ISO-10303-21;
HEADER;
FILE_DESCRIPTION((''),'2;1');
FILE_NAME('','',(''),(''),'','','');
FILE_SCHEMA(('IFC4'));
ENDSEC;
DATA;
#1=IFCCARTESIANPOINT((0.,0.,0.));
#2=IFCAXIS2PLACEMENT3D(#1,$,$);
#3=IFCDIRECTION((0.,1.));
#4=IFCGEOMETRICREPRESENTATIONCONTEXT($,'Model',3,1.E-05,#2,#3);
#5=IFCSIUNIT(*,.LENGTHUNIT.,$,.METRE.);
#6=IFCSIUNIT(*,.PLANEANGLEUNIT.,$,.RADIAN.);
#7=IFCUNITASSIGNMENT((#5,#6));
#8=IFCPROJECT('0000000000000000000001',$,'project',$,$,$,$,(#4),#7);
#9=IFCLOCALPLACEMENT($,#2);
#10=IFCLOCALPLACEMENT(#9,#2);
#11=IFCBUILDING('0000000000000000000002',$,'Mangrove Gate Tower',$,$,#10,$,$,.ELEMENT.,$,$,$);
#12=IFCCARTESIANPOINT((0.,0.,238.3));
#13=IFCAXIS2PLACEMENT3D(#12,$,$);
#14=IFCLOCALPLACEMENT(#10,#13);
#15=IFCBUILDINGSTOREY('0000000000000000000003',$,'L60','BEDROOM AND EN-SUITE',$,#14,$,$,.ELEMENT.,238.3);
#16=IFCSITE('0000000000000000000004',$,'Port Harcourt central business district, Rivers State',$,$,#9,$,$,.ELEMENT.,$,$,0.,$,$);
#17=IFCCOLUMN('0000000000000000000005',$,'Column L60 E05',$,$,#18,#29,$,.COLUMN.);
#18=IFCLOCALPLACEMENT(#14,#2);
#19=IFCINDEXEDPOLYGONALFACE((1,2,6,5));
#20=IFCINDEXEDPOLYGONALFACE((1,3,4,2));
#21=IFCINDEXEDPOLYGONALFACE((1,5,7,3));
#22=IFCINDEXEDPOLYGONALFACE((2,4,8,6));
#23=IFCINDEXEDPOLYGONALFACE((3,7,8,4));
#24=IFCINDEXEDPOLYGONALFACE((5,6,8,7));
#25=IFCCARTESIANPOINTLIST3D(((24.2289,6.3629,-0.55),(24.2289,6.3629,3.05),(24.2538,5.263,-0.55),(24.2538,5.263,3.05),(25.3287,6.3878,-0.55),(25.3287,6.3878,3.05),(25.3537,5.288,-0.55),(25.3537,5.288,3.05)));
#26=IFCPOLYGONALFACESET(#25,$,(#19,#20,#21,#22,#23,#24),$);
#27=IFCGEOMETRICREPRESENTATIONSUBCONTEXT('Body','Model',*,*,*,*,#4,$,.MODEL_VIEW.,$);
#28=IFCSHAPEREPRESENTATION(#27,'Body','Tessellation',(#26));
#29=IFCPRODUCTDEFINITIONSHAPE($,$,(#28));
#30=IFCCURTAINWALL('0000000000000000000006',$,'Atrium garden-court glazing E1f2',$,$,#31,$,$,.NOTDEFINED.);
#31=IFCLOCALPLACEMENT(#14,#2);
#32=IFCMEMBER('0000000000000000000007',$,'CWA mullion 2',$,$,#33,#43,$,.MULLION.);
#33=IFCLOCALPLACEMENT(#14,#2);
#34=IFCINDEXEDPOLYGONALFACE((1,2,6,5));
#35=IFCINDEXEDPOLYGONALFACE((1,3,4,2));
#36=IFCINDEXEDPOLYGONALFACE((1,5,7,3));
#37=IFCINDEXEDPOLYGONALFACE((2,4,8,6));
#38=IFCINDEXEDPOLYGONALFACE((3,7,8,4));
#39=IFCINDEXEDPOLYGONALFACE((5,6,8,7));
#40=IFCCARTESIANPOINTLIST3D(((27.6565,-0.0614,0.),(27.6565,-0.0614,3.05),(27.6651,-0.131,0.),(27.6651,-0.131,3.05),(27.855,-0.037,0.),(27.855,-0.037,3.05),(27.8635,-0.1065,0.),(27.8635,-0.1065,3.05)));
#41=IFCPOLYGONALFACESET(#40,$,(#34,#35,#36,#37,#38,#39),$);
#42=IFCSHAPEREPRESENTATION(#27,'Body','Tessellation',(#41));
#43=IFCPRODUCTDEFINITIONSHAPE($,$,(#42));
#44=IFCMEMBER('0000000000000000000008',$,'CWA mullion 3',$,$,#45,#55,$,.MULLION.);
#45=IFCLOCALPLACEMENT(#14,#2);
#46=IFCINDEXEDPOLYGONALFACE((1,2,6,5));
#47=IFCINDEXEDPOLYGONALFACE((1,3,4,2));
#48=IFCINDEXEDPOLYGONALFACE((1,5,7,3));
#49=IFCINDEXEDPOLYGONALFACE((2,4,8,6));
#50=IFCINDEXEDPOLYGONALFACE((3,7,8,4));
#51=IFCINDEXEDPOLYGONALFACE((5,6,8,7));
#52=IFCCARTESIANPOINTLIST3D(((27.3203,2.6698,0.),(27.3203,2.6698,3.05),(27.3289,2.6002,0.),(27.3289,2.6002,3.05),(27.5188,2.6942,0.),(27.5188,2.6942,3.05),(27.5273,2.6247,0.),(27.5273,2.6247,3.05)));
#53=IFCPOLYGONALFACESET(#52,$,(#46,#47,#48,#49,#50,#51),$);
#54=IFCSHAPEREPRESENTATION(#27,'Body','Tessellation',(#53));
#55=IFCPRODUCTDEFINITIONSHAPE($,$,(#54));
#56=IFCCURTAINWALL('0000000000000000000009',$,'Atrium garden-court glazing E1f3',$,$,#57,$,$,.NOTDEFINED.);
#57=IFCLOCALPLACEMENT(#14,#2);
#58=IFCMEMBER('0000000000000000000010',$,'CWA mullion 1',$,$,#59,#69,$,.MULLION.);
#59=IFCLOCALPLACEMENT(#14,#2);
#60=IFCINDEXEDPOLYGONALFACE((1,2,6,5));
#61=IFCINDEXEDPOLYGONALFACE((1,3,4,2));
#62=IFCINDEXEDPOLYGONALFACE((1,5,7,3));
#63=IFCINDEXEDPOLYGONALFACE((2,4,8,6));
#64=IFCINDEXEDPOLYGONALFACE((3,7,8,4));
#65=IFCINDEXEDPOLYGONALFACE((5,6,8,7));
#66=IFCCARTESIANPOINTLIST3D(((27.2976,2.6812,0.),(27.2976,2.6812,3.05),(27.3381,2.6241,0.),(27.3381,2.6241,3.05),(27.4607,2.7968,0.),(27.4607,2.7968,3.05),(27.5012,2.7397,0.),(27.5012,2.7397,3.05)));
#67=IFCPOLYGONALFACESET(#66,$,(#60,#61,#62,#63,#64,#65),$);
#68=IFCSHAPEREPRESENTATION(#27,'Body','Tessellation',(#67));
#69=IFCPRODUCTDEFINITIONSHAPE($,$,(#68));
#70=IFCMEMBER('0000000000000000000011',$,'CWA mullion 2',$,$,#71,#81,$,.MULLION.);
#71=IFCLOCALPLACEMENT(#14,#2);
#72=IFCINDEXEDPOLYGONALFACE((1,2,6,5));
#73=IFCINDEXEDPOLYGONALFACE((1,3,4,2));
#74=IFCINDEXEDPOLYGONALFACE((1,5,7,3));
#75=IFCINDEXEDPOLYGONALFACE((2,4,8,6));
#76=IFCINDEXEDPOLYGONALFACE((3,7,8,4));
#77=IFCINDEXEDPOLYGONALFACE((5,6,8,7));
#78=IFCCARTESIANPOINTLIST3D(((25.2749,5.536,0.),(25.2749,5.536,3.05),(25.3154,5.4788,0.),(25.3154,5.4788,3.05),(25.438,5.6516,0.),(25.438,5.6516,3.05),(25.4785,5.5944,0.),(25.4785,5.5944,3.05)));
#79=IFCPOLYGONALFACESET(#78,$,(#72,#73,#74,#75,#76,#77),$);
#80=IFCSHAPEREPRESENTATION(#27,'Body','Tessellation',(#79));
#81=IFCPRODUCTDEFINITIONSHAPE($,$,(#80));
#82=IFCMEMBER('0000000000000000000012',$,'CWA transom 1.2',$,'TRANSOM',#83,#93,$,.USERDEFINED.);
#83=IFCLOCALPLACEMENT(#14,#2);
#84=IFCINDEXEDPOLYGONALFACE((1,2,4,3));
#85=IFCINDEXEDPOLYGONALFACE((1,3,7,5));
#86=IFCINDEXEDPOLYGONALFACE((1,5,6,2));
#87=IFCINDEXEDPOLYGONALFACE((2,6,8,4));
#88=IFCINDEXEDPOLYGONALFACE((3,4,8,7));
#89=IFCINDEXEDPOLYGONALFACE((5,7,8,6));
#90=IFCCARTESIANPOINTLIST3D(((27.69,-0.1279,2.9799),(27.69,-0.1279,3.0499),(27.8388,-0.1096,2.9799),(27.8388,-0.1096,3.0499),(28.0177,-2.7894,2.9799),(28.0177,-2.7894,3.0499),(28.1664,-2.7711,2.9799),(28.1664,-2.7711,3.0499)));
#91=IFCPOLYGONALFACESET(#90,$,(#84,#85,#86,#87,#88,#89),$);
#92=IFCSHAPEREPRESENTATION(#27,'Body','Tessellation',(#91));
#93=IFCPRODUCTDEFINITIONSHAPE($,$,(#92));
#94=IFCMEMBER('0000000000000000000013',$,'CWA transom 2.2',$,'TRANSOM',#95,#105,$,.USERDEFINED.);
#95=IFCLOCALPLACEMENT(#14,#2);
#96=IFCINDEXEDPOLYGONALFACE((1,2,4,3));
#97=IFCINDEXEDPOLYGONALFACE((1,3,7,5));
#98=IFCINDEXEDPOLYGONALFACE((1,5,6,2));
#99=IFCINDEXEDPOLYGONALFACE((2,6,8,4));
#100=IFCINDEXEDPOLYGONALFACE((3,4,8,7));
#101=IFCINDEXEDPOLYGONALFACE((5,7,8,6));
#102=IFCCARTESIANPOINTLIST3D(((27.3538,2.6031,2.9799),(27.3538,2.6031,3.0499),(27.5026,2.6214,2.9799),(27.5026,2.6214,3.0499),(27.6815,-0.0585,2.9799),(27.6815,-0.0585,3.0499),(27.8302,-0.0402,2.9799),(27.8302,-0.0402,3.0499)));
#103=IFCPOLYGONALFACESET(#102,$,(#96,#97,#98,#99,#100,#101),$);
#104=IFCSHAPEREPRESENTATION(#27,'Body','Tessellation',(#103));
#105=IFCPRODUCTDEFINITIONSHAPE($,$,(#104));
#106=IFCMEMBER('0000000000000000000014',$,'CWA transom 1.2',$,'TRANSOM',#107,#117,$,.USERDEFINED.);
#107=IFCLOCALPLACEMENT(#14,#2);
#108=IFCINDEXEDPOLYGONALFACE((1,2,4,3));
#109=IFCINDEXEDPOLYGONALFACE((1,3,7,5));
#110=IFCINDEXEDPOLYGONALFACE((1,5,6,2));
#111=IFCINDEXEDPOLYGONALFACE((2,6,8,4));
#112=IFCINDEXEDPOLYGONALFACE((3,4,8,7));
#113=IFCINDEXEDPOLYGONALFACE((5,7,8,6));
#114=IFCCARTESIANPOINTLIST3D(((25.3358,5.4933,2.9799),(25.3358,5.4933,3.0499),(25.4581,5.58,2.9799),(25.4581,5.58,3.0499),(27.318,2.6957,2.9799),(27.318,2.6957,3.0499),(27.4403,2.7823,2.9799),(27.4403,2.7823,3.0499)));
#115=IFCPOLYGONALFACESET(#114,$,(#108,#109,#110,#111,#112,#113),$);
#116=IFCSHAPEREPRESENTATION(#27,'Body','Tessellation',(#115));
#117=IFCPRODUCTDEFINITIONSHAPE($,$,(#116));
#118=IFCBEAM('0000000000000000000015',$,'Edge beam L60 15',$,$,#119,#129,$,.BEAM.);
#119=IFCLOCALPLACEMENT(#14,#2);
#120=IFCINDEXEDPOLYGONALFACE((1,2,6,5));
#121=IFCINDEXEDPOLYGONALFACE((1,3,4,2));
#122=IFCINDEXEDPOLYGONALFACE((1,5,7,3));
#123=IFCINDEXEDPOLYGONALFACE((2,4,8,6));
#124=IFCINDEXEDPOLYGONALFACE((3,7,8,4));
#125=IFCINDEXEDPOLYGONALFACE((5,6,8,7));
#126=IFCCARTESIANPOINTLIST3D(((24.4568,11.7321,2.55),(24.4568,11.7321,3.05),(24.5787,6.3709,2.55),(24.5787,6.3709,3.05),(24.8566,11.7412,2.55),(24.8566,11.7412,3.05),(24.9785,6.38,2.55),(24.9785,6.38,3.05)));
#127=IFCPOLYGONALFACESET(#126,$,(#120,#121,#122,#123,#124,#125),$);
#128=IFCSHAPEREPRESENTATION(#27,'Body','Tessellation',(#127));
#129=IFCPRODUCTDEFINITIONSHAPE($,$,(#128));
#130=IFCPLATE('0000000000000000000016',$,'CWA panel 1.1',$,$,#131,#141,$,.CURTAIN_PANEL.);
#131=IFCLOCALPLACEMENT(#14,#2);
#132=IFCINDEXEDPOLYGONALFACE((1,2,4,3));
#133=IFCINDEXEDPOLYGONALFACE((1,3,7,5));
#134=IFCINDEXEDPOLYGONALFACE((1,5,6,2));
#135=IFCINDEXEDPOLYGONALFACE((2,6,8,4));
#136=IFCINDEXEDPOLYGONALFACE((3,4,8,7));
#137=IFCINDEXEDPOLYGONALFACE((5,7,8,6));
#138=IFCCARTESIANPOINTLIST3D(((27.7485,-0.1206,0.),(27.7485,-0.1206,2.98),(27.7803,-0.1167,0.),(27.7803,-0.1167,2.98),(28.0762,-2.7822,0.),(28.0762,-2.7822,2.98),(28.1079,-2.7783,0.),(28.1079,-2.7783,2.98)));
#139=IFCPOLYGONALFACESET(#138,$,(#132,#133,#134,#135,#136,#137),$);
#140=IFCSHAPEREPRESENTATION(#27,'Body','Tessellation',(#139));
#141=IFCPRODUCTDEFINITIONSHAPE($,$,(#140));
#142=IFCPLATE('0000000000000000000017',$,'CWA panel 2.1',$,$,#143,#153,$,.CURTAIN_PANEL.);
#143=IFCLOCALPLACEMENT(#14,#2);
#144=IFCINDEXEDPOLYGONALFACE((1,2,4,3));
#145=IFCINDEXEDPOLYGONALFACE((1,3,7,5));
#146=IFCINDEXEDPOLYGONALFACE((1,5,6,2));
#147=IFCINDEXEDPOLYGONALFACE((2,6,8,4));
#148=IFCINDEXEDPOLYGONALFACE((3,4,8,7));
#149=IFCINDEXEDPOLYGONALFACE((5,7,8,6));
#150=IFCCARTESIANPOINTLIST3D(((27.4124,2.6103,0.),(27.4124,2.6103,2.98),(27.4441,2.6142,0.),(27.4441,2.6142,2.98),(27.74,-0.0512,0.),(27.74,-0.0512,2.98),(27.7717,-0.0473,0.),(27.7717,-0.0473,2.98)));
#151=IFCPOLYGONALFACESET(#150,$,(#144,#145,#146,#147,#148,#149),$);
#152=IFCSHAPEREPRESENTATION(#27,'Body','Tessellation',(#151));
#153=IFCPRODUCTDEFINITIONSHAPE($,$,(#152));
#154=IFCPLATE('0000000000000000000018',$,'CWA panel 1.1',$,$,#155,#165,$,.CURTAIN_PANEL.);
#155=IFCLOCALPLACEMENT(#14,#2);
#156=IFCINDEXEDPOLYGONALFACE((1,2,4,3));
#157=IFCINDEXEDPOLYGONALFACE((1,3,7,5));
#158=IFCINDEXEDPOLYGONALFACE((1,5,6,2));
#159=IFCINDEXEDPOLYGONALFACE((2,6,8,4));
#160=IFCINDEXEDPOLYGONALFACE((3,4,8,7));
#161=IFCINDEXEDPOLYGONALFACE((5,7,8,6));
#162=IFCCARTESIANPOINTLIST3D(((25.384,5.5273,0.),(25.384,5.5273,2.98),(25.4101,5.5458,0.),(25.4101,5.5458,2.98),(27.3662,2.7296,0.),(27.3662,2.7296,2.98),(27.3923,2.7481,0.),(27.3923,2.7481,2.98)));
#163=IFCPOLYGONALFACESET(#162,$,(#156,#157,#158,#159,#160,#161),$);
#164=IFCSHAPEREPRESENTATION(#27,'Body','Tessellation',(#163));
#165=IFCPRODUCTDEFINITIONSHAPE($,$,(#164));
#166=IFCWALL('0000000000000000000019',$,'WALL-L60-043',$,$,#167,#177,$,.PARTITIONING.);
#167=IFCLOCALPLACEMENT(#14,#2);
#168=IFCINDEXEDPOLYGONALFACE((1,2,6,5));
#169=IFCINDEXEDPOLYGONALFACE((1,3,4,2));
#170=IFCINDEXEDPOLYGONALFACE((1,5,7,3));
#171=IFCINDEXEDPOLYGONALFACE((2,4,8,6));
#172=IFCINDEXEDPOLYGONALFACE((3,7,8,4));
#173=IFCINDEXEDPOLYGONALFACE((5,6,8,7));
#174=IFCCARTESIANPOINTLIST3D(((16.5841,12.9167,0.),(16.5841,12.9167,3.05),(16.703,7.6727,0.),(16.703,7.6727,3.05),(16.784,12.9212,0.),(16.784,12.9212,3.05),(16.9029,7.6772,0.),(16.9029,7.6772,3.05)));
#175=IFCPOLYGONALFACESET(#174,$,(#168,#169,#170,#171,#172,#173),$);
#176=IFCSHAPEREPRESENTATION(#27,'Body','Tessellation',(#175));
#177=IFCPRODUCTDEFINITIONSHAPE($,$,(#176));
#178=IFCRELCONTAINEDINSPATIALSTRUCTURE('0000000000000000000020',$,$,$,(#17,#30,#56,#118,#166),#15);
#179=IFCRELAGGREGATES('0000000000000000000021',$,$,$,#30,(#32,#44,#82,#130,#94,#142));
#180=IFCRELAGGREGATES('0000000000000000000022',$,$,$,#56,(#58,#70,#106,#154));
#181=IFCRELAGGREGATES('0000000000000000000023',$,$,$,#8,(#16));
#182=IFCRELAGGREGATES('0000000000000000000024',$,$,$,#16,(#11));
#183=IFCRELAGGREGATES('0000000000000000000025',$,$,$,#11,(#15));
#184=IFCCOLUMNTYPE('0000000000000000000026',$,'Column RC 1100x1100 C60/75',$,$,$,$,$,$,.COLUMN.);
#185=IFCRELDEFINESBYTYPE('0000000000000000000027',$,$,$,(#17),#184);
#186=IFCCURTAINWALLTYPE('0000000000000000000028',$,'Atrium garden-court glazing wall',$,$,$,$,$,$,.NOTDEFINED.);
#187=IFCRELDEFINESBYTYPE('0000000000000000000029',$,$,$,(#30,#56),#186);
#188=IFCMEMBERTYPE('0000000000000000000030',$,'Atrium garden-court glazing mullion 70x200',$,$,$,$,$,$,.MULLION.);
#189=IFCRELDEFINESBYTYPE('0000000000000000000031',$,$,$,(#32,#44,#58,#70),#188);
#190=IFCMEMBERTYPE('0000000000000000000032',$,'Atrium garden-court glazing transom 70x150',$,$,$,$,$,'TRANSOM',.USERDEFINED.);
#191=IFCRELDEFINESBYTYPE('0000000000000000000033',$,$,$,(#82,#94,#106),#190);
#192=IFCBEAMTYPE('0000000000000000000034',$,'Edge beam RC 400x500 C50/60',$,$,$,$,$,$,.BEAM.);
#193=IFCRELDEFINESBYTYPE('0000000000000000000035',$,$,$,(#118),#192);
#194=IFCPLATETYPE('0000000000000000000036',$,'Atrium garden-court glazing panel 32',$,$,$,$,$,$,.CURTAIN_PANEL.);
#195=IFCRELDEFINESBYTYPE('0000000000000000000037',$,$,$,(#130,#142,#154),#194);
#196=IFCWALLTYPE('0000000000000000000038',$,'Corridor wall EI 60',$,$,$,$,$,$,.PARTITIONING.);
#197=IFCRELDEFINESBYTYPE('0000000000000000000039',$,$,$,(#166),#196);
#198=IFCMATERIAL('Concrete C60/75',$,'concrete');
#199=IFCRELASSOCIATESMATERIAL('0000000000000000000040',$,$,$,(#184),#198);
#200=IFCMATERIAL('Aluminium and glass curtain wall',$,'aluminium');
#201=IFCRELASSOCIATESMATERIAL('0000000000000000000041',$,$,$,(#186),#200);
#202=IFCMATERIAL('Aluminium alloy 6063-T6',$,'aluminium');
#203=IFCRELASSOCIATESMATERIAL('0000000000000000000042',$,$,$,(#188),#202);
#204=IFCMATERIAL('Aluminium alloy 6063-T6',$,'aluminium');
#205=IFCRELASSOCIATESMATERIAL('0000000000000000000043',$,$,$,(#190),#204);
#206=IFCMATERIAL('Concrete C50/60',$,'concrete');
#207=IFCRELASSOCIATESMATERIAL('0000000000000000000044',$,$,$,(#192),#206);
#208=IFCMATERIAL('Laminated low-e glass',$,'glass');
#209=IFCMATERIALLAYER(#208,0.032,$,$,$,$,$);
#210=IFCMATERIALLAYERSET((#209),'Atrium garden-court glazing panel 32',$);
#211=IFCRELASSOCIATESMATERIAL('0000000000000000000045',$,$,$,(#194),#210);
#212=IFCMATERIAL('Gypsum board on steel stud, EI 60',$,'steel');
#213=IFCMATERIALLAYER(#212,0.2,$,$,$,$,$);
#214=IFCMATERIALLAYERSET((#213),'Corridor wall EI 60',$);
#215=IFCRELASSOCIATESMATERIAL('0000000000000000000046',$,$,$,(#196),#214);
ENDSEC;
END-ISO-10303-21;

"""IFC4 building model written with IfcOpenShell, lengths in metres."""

from ifc_helpers import new_model, si_unit, direction, frame, frame_2d, origin, origin_2d, place, context, subcontext, project, spatial, rectangle, extrude, material, layer, layer_set, material_profile, profile_set, type_object, element, aggregate, save


model = new_model("IFC4")

# Units and contexts
model_context = context("Model", 3, precision=1e-05, world=origin(), true_north=direction((0.0, 1.0)))
body_context = subcontext(model_context, "Body", "Model", "MODEL_VIEW")
ifc_project = project(units=[si_unit("LENGTHUNIT", "METRE"), si_unit("PLANEANGLEUNIT", "RADIAN")], contexts=[model_context])

# Site, building, storey
site_placement = place(None, origin())
site = spatial("IfcSite", under=ifc_project, at=site_placement, Name="Port Harcourt central business district, Rivers State", CompositionType="ELEMENT", RefElevation=0.0)
building_placement = place(site_placement, origin())
building = spatial("IfcBuilding", under=site, at=building_placement, Name="Mangrove Gate Tower", CompositionType="ELEMENT")
storey_placement = place(building_placement, frame((0.0, 0.0, 238.3)))
storey = spatial("IfcBuildingStorey", under=building, at=storey_placement, Name="L60", Description="BEDROOM AND EN-SUITE", CompositionType="ELEMENT", Elevation=238.3)

# Column
ifc_material_1 = material(Name="Concrete C60/75", Category="concrete")
ifc_material_profile_1 = material_profile(ifc_material_1, rectangle(XDim=1.1001, YDim=1.1001, at=origin_2d()))
ifc_profile_set_1 = profile_set([ifc_material_profile_1], Name="Concrete C60/75")
column_type = type_object("IfcColumnType", Name="Column RC 1100x1100 C60/75", PredefinedType="COLUMN", material=ifc_profile_set_1)
column_placement = place(storey_placement, frame((24.7913, 5.8254, -0.55), z_axis=(0.0, 0.0, 1.0), x_axis=(-0.022708, 0.999742, 0.0)))
element("IfcColumn", 1, at=column_placement, inside=storey, type_object=column_type, Name="Column L60 E05", PredefinedType="COLUMN", context=body_context, shape_type="SweptSolid", body=[
    extrude(rectangle(XDim=1.1001, YDim=1.1001, at=origin_2d()), origin(), (0.0, 0.0, 1.0), 3.6001),
])

# Curtain walls, members
ifc_material_2 = material(Name="Aluminium and glass curtain wall", Category="aluminium")
curtain_wall_type = type_object("IfcCurtainWallType", Name="Atrium garden-court glazing wall", PredefinedType="NOTDEFINED", material=ifc_material_2)
curtain_wall_1_placement = place(storey_placement, origin())
curtain_wall_1 = element("IfcCurtainWall", 2, at=curtain_wall_1_placement, inside=storey, type_object=curtain_wall_type, Name="Atrium garden-court glazing E1f2", PredefinedType="NOTDEFINED")
ifc_material_3 = material(Name="Aluminium alloy 6063-T6", Category="aluminium")
ifc_material_profile_2 = material_profile(ifc_material_3, rectangle(XDim=0.0701, YDim=0.2, at=origin_2d()))
ifc_profile_set_2 = profile_set([ifc_material_profile_2], Name="Aluminium alloy 6063-T6")
member_type_1 = type_object("IfcMemberType", Name="Atrium garden-court glazing mullion 70x200", PredefinedType="MULLION", material=ifc_profile_set_2)
member_1_placement = place(storey_placement, frame((27.76, -0.084, 0.0), z_axis=(0.0, 0.0, 1.0), x_axis=(-0.122172, 0.992509, 0.0)))
member_1 = element("IfcMember", 3, at=member_1_placement, type_object=member_type_1, Name="CWA mullion 2", PredefinedType="MULLION", context=body_context, shape_type="SweptSolid", body=[
    extrude(rectangle(XDim=0.0701, YDim=0.2, at=origin_2d()), origin(), (0.0, 0.0, 1.0), 3.05),
])
member_2_placement = place(storey_placement, frame((27.4238, 2.6472, 0.0), z_axis=(0.0, 0.0, 1.0), x_axis=(-0.122172, 0.992509, 0.0)))
member_2 = element("IfcMember", 4, at=member_2_placement, type_object=member_type_1, Name="CWA mullion 3", PredefinedType="MULLION", context=body_context, shape_type="SweptSolid", body=[
    extrude(rectangle(XDim=0.0701, YDim=0.2, at=origin_2d()), origin(), (0.0, 0.0, 1.0), 3.05),
])
curtain_wall_2_placement = place(storey_placement, origin())
curtain_wall_2 = element("IfcCurtainWall", 5, at=curtain_wall_2_placement, inside=storey, type_object=curtain_wall_type, Name="Atrium garden-court glazing E1f3", PredefinedType="NOTDEFINED")
member_3_placement = place(storey_placement, frame((27.3994, 2.7104, 0.0), z_axis=(0.0, 0.0, 1.0), x_axis=(-0.578121, 0.815951, 0.0)))
member_3 = element("IfcMember", 6, at=member_3_placement, type_object=member_type_1, Name="CWA mullion 1", PredefinedType="MULLION", context=body_context, shape_type="SweptSolid", body=[
    extrude(rectangle(XDim=0.0701, YDim=0.2, at=origin_2d()), origin(), (0.0, 0.0, 1.0), 3.05),
])
member_4_placement = place(storey_placement, frame((25.3767, 5.5652, 0.0), z_axis=(0.0, 0.0, 1.0), x_axis=(-0.578121, 0.815951, 0.0)))
member_4 = element("IfcMember", 7, at=member_4_placement, type_object=member_type_1, Name="CWA mullion 2", PredefinedType="MULLION", context=body_context, shape_type="SweptSolid", body=[
    extrude(rectangle(XDim=0.0701, YDim=0.2, at=origin_2d()), origin(), (0.0, 0.0, 1.0), 3.05),
])

# Members
ifc_material_4 = material(Name="Aluminium alloy 6063-T6", Category="aluminium")
ifc_material_profile_3 = material_profile(ifc_material_4, rectangle(XDim=0.0701, YDim=0.1499, at=origin_2d()))
ifc_profile_set_3 = profile_set([ifc_material_profile_3], Name="Aluminium alloy 6063-T6")
member_type_2 = type_object("IfcMemberType", Name="Atrium garden-court glazing transom 70x150", ElementType="TRANSOM", PredefinedType="USERDEFINED", material=ifc_profile_set_3)
member_5_placement = place(storey_placement, frame((28.092, -2.7803, 3.0149), z_axis=(-0.122175, 0.992509, 0.0), x_axis=(0.0, 0.0, 1.0)))
member_5 = element("IfcMember", 8, at=member_5_placement, type_object=member_type_2, Name="CWA transom 1.2", ObjectType="TRANSOM", PredefinedType="USERDEFINED", context=body_context, shape_type="SweptSolid", body=[
    extrude(rectangle(XDim=0.0701, YDim=0.1499, at=origin_2d()), origin(), (0.0, 0.0, 1.0), 2.6816),
])
member_6_placement = place(storey_placement, frame((27.7559, -0.0493, 3.0149), z_axis=(-0.122175, 0.992509, 0.0), x_axis=(0.0, 0.0, 1.0)))
member_6 = element("IfcMember", 9, at=member_6_placement, type_object=member_type_2, Name="CWA transom 2.2", ObjectType="TRANSOM", PredefinedType="USERDEFINED", context=body_context, shape_type="SweptSolid", body=[
    extrude(rectangle(XDim=0.0701, YDim=0.1499, at=origin_2d()), origin(), (0.0, 0.0, 1.0), 2.6816),
])
member_7_placement = place(storey_placement, frame((27.3792, 2.739, 3.0149), z_axis=(-0.578122, 0.81595, 0.0), x_axis=(0.0, 0.0, 1.0)))
member_7 = element("IfcMember", 10, at=member_7_placement, type_object=member_type_2, Name="CWA transom 1.2", ObjectType="TRANSOM", PredefinedType="USERDEFINED", context=body_context, shape_type="SweptSolid", body=[
    extrude(rectangle(XDim=0.0701, YDim=0.1499, at=origin_2d()), origin(), (0.0, 0.0, 1.0), 3.4287),
])

# Beam
ifc_material_5 = material(Name="Concrete C50/60", Category="concrete")
ifc_material_profile_4 = material_profile(ifc_material_5, rectangle(XDim=0.3999, YDim=0.5, at=origin_2d()))
ifc_profile_set_4 = profile_set([ifc_material_profile_4], Name="Concrete C50/60")
beam_type = type_object("IfcBeamType", Name="Edge beam RC 400x500 C50/60", PredefinedType="BEAM", material=ifc_profile_set_4)
beam_placement = place(storey_placement, frame((24.7786, 6.3755, 2.8), z_axis=(-0.022718, 0.999742, 0.0), x_axis=(-0.999742, -0.022718, 0.0)))
element("IfcBeam", 11, at=beam_placement, inside=storey, type_object=beam_type, Name="Edge beam L60 15", PredefinedType="BEAM", context=body_context, shape_type="SweptSolid", body=[
    extrude(rectangle(XDim=0.3999, YDim=0.5, at=origin_2d()), origin(), (0.0, 0.0, 1.0), 5.3625),
])

# Plates
ifc_material_6 = material(Name="Laminated low-e glass", Category="glass")
ifc_layer_1 = layer(ifc_material_6, 0.032)
ifc_layer_set_1 = layer_set([ifc_layer_1], Name="Atrium garden-court glazing panel 32")
plate_type = type_object("IfcPlateType", Name="Atrium garden-court glazing panel 32", PredefinedType="CURTAIN_PANEL", material=ifc_layer_set_1)
plate_1_placement = place(storey_placement, frame((27.9282, -1.4495, 0.0), z_axis=(0.0, 0.0, 1.0), x_axis=(-0.122172, 0.992509, 0.0)))
plate_1 = element("IfcPlate", 12, at=plate_1_placement, type_object=plate_type, Name="CWA panel 1.1", PredefinedType="CURTAIN_PANEL", context=body_context, shape_type="SweptSolid", body=[
    extrude(rectangle(XDim=2.6816, YDim=0.032, at=origin_2d()), origin(), (0.0, 0.0, 1.0), 2.98),
])
plate_2_placement = place(storey_placement, frame((27.592, 1.2815, 0.0), z_axis=(0.0, 0.0, 1.0), x_axis=(-0.122172, 0.992509, 0.0)))
plate_2 = element("IfcPlate", 13, at=plate_2_placement, type_object=plate_type, Name="CWA panel 2.1", PredefinedType="CURTAIN_PANEL", context=body_context, shape_type="SweptSolid", body=[
    extrude(rectangle(XDim=2.6816, YDim=0.032, at=origin_2d()), origin(), (0.0, 0.0, 1.0), 2.98),
])
aggregate(curtain_wall_1, [member_1, member_2, member_5, plate_1, member_6, plate_2])
plate_3_placement = place(storey_placement, frame((26.3882, 4.1377, 0.0), z_axis=(0.0, 0.0, 1.0), x_axis=(-0.578121, 0.815951, 0.0)))
plate_3 = element("IfcPlate", 14, at=plate_3_placement, type_object=plate_type, Name="CWA panel 1.1", PredefinedType="CURTAIN_PANEL", context=body_context, shape_type="SweptSolid", body=[
    extrude(rectangle(XDim=3.4287, YDim=0.032, at=origin_2d()), origin(), (0.0, 0.0, 1.0), 2.98),
])
aggregate(curtain_wall_2, [member_3, member_4, member_7, plate_3])

# Wall
ifc_material_7 = material(Name="Gypsum board on steel stud, EI 60", Category="steel")
ifc_layer_2 = layer(ifc_material_7, 0.2)
ifc_layer_set_2 = layer_set([ifc_layer_2], Name="Corridor wall EI 60")
wall_type_1 = type_object("IfcWallType", Name="Corridor wall EI 60", PredefinedType="PARTITIONING", material=ifc_layer_set_2)
wall_1_placement = place(storey_placement, frame((16.803, 7.675, 0.0), z_axis=(0.0, 0.0, 1.0), x_axis=(-0.022667, 0.999743, 0.0)))
element("IfcWall", 15, at=wall_1_placement, inside=storey, type_object=wall_type_1, Name="WALL-L60-043", PredefinedType="PARTITIONING", context=body_context, shape_type="SweptSolid", body=[
    extrude(rectangle(XDim=5.2454, YDim=0.2, at=frame_2d((2.6226, 0.0))), origin(), (0.0, 0.0, 1.0), 3.05),
])

save(model, "model.ifc")
